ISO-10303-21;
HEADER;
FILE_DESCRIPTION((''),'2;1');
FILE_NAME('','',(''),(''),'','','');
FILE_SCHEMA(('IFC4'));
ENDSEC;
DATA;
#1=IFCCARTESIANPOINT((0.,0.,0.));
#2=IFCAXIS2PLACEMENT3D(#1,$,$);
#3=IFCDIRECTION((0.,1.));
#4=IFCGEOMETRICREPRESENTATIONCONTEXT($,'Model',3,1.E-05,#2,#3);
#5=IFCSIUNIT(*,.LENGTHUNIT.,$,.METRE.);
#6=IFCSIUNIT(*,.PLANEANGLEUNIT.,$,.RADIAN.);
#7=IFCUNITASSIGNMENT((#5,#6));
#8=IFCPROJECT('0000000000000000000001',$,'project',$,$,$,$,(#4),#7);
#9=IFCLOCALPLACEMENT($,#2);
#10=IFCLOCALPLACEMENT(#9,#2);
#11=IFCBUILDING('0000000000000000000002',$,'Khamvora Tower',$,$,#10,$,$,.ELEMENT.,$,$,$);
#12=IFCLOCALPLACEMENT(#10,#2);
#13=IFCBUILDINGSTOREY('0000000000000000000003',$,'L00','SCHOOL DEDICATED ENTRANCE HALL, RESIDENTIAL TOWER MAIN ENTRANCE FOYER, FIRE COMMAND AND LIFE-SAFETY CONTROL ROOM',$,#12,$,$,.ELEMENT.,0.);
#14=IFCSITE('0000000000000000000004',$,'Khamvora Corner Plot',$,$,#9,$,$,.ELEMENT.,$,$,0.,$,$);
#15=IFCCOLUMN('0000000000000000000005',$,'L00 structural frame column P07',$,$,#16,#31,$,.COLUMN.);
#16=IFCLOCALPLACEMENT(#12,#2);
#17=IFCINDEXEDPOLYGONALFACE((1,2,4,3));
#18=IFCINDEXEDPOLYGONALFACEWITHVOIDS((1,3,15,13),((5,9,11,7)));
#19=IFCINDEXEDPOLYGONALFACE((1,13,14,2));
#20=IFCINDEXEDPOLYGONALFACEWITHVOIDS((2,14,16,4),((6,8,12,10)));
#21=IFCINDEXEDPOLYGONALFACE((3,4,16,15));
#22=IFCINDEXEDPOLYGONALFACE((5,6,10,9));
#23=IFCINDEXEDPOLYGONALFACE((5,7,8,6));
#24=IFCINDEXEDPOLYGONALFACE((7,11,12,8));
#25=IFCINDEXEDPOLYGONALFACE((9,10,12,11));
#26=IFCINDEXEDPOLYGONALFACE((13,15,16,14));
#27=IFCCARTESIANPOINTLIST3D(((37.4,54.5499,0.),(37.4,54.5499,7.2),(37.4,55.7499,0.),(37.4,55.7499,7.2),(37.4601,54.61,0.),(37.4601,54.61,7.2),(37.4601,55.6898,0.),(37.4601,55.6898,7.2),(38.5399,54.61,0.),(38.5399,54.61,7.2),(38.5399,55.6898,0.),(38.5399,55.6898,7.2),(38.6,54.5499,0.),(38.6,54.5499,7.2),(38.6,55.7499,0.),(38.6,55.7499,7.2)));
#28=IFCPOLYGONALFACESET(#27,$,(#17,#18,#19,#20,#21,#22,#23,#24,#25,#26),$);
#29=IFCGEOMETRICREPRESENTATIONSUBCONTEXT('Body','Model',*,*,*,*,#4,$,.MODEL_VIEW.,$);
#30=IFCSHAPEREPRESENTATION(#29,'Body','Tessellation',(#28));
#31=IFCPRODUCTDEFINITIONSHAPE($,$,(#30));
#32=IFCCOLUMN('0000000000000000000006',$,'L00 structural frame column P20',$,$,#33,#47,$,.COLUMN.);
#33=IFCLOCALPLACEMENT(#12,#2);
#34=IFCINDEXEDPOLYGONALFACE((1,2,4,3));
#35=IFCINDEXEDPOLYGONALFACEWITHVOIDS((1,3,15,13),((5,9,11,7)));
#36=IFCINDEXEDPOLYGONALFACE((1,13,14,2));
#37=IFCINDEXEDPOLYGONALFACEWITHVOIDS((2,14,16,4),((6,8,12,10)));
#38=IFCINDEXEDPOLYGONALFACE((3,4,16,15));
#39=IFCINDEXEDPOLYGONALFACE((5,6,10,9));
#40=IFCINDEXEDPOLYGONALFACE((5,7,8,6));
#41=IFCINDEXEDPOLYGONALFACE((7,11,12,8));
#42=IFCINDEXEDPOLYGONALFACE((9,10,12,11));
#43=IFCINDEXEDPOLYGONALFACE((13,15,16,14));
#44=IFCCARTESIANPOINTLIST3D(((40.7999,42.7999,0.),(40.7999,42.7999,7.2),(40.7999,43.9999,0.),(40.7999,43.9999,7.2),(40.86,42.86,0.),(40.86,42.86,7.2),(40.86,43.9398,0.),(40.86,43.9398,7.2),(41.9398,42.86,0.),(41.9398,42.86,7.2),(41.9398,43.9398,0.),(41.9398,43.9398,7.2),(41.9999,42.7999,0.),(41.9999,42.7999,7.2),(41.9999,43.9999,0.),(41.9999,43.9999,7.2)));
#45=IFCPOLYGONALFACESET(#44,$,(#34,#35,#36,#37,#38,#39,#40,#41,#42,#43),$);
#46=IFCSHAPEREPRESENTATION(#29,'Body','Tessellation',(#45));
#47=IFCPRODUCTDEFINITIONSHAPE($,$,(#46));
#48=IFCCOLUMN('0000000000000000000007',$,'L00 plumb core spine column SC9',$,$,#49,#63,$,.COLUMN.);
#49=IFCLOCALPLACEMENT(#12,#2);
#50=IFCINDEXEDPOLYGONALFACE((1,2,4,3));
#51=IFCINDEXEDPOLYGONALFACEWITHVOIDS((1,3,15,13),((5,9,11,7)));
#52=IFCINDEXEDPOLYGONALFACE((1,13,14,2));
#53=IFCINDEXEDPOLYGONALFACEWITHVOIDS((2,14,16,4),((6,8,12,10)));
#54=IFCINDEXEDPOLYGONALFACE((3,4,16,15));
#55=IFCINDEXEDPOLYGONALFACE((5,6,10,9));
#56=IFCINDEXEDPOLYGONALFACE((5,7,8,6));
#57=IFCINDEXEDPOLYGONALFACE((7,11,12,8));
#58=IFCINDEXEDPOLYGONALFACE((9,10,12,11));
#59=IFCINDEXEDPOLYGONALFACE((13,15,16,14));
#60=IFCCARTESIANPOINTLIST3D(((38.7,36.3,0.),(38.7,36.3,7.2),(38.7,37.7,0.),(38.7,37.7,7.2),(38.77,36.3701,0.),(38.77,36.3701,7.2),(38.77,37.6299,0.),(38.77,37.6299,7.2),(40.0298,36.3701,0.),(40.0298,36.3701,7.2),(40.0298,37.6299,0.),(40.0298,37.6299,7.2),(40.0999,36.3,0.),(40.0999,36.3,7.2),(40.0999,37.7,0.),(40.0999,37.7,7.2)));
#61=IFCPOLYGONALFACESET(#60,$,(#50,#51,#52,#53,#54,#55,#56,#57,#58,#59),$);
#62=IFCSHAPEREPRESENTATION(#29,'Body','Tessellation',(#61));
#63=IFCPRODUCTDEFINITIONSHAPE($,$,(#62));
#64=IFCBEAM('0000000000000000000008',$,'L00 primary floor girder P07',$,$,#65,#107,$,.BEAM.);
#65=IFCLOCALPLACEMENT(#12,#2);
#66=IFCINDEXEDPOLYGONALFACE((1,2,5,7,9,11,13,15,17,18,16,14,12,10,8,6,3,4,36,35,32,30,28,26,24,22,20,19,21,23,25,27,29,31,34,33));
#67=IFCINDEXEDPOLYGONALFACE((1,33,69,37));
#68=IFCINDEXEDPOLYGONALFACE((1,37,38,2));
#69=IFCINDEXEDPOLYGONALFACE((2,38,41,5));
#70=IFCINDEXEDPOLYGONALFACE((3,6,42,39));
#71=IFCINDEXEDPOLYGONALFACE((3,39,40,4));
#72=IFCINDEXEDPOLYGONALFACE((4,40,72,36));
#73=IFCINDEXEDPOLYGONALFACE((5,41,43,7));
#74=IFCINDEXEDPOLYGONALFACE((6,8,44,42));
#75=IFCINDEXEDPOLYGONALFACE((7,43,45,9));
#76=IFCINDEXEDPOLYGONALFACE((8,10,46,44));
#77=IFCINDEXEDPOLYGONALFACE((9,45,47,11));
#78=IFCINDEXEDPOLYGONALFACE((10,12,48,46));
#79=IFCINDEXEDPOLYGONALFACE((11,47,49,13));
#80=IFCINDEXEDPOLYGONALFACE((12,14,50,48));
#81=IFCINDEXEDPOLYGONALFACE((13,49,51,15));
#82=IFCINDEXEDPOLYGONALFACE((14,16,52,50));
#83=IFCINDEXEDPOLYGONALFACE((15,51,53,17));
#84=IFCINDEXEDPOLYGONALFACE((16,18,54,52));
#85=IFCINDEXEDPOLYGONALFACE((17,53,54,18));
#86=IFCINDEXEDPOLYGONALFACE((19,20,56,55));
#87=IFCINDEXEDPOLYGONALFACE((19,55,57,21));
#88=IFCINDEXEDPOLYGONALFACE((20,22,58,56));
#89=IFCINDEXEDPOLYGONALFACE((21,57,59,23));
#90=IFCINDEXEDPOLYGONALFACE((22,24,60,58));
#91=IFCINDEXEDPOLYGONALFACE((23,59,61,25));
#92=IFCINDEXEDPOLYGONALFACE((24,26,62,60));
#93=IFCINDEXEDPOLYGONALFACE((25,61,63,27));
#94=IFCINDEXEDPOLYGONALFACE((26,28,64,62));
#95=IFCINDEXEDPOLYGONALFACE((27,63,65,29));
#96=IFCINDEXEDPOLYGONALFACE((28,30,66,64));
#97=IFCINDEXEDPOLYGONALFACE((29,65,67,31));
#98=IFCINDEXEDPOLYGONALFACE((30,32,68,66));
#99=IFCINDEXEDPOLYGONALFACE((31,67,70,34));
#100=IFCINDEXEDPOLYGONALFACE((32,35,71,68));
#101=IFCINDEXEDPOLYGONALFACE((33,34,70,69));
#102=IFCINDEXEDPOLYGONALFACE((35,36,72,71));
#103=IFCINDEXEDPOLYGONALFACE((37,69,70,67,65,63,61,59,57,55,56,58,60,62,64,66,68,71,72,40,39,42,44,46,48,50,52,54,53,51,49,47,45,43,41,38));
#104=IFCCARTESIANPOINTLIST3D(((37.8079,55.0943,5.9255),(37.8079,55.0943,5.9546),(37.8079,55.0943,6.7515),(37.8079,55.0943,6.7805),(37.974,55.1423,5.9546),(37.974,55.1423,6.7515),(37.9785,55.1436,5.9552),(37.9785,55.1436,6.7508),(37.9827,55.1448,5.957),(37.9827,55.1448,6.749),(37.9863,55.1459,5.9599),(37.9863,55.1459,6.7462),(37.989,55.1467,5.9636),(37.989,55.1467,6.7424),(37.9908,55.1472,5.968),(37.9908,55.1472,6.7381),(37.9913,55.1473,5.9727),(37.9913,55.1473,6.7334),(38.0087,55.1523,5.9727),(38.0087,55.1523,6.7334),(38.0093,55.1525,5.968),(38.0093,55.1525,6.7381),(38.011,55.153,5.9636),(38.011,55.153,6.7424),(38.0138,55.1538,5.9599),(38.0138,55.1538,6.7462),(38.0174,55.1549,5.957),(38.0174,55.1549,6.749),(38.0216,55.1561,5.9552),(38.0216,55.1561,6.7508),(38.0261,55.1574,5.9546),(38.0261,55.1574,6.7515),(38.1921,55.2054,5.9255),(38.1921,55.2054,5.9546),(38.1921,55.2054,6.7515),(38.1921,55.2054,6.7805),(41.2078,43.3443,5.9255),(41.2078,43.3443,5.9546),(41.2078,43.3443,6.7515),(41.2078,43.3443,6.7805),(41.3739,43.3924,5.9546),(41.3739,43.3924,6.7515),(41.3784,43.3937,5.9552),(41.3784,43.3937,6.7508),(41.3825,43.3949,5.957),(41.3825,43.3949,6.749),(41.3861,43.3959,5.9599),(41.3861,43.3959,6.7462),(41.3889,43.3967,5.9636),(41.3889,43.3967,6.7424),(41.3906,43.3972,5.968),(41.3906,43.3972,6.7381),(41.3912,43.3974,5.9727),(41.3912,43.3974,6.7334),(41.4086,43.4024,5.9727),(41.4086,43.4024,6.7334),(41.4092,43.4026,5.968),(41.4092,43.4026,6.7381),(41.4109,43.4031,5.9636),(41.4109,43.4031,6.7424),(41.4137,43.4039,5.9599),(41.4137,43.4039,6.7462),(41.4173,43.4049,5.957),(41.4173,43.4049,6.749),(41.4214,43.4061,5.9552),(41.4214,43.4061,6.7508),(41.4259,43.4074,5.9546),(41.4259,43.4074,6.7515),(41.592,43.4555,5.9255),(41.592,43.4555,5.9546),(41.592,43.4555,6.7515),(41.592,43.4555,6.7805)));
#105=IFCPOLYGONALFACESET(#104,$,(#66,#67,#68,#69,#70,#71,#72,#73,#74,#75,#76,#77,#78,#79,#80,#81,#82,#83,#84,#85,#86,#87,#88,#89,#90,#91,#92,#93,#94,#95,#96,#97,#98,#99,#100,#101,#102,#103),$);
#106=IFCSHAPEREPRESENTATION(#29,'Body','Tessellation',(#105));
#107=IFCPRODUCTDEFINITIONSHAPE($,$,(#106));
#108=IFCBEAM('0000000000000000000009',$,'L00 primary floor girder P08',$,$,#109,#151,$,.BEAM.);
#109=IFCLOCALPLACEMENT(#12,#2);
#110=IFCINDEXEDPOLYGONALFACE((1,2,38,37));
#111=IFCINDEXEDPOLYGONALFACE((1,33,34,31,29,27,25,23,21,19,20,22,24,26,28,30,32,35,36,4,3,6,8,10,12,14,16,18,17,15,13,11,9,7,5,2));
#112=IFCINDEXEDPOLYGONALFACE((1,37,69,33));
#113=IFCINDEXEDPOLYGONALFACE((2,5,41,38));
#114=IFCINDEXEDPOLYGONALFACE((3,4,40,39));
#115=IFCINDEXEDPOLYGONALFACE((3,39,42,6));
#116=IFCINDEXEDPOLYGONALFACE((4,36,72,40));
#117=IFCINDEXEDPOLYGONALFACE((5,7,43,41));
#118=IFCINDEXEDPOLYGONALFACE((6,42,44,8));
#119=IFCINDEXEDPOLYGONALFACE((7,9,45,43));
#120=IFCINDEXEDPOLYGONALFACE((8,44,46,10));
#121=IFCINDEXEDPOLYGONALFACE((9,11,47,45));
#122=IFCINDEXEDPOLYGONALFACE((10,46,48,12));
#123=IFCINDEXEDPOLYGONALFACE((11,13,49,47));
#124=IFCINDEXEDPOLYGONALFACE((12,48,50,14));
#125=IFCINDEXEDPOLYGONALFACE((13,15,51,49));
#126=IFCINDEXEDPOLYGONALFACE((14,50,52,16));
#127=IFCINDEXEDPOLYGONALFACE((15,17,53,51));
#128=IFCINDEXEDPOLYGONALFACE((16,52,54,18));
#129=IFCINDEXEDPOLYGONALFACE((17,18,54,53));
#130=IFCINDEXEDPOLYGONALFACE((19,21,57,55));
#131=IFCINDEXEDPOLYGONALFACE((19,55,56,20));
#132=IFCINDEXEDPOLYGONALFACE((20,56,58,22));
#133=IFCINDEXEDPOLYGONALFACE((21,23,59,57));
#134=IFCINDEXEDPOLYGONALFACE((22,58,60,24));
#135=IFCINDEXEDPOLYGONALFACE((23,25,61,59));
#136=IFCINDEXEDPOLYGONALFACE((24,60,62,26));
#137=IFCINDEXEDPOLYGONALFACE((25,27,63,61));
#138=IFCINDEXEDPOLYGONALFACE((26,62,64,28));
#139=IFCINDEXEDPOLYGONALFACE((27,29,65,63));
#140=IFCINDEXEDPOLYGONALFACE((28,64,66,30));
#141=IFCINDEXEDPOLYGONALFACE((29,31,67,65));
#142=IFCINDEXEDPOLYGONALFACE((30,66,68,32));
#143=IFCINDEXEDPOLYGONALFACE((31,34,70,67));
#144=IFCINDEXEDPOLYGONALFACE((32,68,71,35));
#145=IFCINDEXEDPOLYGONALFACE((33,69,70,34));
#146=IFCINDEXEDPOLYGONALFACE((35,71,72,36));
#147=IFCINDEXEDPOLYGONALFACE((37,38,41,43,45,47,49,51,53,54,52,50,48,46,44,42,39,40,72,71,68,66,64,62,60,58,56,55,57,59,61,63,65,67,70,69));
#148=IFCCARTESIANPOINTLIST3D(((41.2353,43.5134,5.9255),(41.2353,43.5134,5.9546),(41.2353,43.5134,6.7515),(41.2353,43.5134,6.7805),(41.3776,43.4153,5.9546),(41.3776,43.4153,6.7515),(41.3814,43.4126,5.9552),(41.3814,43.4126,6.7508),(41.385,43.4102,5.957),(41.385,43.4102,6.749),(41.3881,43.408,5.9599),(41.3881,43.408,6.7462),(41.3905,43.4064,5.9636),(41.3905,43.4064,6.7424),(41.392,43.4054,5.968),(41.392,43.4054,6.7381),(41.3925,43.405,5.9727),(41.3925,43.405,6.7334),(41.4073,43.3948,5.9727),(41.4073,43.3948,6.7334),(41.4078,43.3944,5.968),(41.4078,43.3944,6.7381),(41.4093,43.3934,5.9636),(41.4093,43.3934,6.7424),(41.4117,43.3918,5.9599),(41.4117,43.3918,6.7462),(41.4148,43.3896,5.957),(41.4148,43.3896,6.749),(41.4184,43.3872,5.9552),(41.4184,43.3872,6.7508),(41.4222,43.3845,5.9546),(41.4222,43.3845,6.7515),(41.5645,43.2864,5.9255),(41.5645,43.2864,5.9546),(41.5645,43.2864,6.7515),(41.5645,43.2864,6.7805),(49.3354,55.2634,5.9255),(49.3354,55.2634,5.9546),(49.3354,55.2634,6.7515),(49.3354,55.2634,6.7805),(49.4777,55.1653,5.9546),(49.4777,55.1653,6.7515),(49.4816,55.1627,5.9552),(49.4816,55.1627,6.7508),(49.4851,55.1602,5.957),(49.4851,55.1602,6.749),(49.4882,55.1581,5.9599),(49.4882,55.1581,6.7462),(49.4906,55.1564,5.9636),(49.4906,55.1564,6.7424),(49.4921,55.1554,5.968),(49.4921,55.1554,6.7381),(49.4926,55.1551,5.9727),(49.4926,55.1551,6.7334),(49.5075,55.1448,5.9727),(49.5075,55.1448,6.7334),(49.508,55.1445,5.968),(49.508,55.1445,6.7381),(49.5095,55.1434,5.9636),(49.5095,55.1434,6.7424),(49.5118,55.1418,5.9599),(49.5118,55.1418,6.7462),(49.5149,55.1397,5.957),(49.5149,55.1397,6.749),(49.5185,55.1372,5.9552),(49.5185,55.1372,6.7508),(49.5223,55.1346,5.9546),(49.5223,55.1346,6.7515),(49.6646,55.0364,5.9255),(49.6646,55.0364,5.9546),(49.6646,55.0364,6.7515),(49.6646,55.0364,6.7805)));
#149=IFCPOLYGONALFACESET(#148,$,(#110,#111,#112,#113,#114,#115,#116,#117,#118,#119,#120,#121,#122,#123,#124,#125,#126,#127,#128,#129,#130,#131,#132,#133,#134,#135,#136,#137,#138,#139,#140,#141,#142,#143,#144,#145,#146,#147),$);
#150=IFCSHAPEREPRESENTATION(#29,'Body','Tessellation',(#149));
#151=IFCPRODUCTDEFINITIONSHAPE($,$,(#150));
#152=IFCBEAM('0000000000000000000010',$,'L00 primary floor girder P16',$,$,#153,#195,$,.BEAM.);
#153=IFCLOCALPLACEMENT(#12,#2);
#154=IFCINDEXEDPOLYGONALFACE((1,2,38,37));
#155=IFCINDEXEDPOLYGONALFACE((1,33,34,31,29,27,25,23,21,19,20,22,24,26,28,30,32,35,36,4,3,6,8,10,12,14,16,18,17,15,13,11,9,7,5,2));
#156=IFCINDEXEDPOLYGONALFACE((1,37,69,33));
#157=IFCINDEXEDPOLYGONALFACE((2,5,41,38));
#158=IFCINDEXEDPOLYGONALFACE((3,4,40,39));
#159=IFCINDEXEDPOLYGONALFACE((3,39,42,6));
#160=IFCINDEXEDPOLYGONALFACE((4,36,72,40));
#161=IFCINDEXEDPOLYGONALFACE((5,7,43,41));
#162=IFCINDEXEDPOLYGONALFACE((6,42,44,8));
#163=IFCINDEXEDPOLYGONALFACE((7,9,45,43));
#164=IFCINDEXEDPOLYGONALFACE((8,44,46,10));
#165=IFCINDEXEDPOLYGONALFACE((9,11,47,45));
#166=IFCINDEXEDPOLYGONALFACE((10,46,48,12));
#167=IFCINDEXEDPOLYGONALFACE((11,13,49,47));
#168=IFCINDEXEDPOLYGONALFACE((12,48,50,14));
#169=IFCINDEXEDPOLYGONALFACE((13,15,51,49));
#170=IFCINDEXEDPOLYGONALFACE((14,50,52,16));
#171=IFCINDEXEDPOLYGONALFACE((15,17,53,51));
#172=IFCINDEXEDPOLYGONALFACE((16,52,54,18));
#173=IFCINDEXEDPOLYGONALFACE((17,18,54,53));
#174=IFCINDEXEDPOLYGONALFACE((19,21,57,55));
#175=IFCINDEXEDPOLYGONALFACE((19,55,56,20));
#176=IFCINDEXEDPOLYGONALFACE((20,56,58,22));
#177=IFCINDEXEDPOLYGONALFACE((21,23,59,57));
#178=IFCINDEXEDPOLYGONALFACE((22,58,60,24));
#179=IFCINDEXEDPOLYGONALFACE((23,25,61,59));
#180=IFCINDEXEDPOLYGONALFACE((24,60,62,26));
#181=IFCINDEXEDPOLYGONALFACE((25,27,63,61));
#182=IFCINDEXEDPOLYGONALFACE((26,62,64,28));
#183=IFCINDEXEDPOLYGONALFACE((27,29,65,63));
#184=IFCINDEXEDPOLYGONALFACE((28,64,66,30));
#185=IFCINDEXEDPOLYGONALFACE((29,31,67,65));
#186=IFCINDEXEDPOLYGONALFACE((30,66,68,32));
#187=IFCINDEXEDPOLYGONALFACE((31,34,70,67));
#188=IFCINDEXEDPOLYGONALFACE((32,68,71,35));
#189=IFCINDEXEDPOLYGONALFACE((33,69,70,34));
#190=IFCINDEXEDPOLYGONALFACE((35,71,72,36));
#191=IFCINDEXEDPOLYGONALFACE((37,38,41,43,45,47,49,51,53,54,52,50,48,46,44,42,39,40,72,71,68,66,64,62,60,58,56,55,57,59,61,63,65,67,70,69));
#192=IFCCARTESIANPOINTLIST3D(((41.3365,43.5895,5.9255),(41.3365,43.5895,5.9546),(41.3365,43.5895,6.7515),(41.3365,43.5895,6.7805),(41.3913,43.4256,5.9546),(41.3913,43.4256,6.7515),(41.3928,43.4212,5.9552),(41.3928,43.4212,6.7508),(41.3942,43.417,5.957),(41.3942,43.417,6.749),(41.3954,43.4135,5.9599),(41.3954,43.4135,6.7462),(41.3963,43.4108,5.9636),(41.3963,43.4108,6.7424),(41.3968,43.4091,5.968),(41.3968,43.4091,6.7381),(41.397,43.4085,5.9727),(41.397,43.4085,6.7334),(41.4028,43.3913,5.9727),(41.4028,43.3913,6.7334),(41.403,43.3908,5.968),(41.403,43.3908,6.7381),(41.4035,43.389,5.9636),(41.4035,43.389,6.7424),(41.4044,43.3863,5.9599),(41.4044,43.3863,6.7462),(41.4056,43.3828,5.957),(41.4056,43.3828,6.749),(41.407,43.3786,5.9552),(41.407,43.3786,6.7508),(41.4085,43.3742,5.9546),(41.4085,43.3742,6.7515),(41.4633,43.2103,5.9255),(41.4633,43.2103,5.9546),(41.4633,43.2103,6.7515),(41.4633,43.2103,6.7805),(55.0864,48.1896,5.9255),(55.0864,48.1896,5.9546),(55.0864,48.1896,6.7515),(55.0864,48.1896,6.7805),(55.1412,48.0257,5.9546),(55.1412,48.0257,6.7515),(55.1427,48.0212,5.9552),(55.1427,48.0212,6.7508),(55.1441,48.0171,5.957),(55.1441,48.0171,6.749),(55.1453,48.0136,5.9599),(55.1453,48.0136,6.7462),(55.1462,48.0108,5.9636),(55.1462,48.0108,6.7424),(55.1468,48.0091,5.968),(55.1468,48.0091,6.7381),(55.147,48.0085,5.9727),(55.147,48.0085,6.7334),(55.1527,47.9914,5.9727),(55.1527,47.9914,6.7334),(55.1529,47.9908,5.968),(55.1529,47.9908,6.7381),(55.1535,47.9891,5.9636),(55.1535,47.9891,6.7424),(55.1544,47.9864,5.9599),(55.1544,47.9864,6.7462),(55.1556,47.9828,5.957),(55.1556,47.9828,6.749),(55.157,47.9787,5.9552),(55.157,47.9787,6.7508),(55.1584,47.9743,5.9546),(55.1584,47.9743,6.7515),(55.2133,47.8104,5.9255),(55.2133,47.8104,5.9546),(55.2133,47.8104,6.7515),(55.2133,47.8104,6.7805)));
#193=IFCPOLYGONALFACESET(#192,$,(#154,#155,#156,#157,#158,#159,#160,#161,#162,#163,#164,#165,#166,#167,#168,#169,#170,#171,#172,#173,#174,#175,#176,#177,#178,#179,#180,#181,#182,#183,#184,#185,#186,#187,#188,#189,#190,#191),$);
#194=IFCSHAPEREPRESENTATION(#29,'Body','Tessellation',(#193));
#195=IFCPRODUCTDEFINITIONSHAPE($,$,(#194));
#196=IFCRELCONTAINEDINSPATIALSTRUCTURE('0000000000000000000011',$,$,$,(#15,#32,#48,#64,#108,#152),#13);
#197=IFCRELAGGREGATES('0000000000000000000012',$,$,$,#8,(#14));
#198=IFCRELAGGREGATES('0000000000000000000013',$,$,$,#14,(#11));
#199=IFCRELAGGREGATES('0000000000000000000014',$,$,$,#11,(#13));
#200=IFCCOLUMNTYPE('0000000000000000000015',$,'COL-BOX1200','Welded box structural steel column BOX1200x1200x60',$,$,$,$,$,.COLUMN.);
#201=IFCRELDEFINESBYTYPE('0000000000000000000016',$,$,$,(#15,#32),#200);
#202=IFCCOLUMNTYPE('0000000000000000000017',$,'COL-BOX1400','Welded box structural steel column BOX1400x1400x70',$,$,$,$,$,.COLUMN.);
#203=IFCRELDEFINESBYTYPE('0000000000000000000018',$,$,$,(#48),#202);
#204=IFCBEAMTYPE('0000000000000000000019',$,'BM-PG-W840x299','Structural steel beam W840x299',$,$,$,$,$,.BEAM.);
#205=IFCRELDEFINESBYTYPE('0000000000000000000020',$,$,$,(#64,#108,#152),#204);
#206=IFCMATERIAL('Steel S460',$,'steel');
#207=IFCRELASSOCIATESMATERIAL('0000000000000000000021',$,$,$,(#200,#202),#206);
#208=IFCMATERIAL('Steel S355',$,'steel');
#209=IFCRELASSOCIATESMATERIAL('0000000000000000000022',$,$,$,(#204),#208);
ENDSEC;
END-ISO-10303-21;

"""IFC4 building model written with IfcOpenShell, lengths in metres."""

from ifc_helpers import new_model, si_unit, direction, frame, origin, origin_2d, place, context, subcontext, project, spatial, hollow_rectangle, i_section, extrude, material, material_profile, profile_set, type_object, element, save


model = new_model("IFC4")

# Units and contexts
model_context = context("Model", 3, precision=1e-05, world=origin(), true_north=direction((0.0, 1.0)))
body_context = subcontext(model_context, "Body", "Model", "MODEL_VIEW")
ifc_project = project(units=[si_unit("LENGTHUNIT", "METRE"), si_unit("PLANEANGLEUNIT", "RADIAN")], contexts=[model_context])

# Site, building, storey
site_placement = place(None, origin())
site = spatial("IfcSite", under=ifc_project, at=site_placement, Name="Khamvora Corner Plot", CompositionType="ELEMENT", RefElevation=0.0)
building_placement = place(site_placement, origin())
building = spatial("IfcBuilding", under=site, at=building_placement, Name="Khamvora Tower", CompositionType="ELEMENT")
storey_placement = place(building_placement, origin())
storey = spatial("IfcBuildingStorey", under=building, at=storey_placement, Name="L00", Description="SCHOOL DEDICATED ENTRANCE HALL, RESIDENTIAL TOWER MAIN ENTRANCE FOYER, FIRE COMMAND AND LIFE-SAFETY CONTROL ROOM", CompositionType="ELEMENT", Elevation=0.0)

# Columns
ifc_material_1 = material(Name="Steel S460", Category="steel")
ifc_material_profile_1 = material_profile(ifc_material_1, hollow_rectangle(XDim=1.2, YDim=1.2, WallThickness=0.0601, at=origin_2d()), Name="BOX1200x1200x60")
ifc_profile_set_1 = profile_set([ifc_material_profile_1], Name="Steel S460")
column_type_1 = type_object("IfcColumnType", Name="COL-BOX1200", Description="Welded box structural steel column BOX1200x1200x60", PredefinedType="COLUMN", material=ifc_profile_set_1)
for number, where, z_axis, x_axis, name in (
    (1, (38.0, 55.1499, 0.0), (0.0, 0.0, 1.0), (1.0, 0.0, 0.0), "L00 structural frame column P07"),
    (2, (41.3999, 43.3999, 0.0), (0.0, 0.0, 1.0), (1.0, 0.0, 0.0), "L00 structural frame column P20"),
):
    element("IfcColumn", number, at=place(storey_placement, frame(where, z_axis=z_axis, x_axis=x_axis)), inside=storey, type_object=column_type_1, Name=name, PredefinedType="COLUMN", context=body_context, shape_type="SweptSolid", body=[
        extrude(hollow_rectangle(XDim=1.2, YDim=1.2, WallThickness=0.0601, at=origin_2d()), origin(), (0.0, 0.0, 1.0), 7.2),
    ])
ifc_material_profile_2 = material_profile(ifc_material_1, hollow_rectangle(XDim=1.3999, YDim=1.3999, WallThickness=0.0701, at=origin_2d()), Name="BOX1400x1400x70")
ifc_profile_set_2 = profile_set([ifc_material_profile_2], Name="Steel S460")
column_type_2 = type_object("IfcColumnType", Name="COL-BOX1400", Description="Welded box structural steel column BOX1400x1400x70", PredefinedType="COLUMN", material=ifc_profile_set_2)
column_placement = place(storey_placement, frame((39.3999, 37.0, 0.0), z_axis=(0.0, 0.0, 1.0), x_axis=(1.0, 0.0, 0.0)))
element("IfcColumn", 3, at=column_placement, inside=storey, type_object=column_type_2, Name="L00 plumb core spine column SC9", PredefinedType="COLUMN", context=body_context, shape_type="SweptSolid", body=[
    extrude(hollow_rectangle(XDim=1.3999, YDim=1.3999, WallThickness=0.0701, at=origin_2d()), origin(), (0.0, 0.0, 1.0), 7.2),
])

# Beams
ifc_material_2 = material(Name="Steel S355", Category="steel")
ifc_material_profile_3 = material_profile(ifc_material_2, i_section(OverallWidth=0.3999, OverallDepth=0.855, WebThickness=0.0181, FlangeThickness=0.0291, FilletRadius=0.0181, at=origin_2d()), Name="W840x299")
ifc_profile_set_3 = profile_set([ifc_material_profile_3], Name="Steel S355")
beam_type_1 = type_object("IfcBeamType", Name="BM-PG-W840x299", Description="Structural steel beam W840x299", PredefinedType="BEAM", material=ifc_profile_set_3)
beam_1_placement = place(storey_placement, frame((41.3999, 43.3999, 6.353), z_axis=(-0.277951, 0.960595, 0.0), x_axis=(-0.960595, -0.277951, 0.0)))
element("IfcBeam", 4, at=beam_1_placement, inside=storey, type_object=beam_type_1, Name="L00 primary floor girder P07", PredefinedType="BEAM", context=body_context, shape_type="SweptSolid", body=[
    extrude(i_section(OverallWidth=0.3999, OverallDepth=0.855, WebThickness=0.0181, FlangeThickness=0.0291, FilletRadius=0.0181, at=origin_2d()), origin(), (0.0, 0.0, 1.0), 12.2319),
])
beam_2_placement = place(storey_placement, frame((41.3999, 43.3999, 6.353), z_axis=(0.567574, 0.823322, 0.0), x_axis=(-0.823322, 0.567574, 0.0)))
element("IfcBeam", 5, at=beam_2_placement, inside=storey, type_object=beam_type_1, Name="L00 primary floor girder P08", PredefinedType="BEAM", context=body_context, shape_type="SweptSolid", body=[
    extrude(i_section(OverallWidth=0.3999, OverallDepth=0.855, WebThickness=0.0181, FlangeThickness=0.0291, FilletRadius=0.0181, at=origin_2d()), origin(), (0.0, 0.0, 1.0), 14.2715),
])
beam_3_placement = place(storey_placement, frame((41.3999, 43.3999, 6.353), z_axis=(0.948336, 0.317268, 0.0), x_axis=(-0.317268, 0.948336, 0.0)))
element("IfcBeam", 6, at=beam_3_placement, inside=storey, type_object=beam_type_1, Name="L00 primary floor girder P16", PredefinedType="BEAM", context=body_context, shape_type="SweptSolid", body=[
    extrude(i_section(OverallWidth=0.3999, OverallDepth=0.855, WebThickness=0.0181, FlangeThickness=0.0291, FilletRadius=0.0181, at=origin_2d()), origin(), (0.0, 0.0, 1.0), 14.499),
])

save(model, "model.ifc")
